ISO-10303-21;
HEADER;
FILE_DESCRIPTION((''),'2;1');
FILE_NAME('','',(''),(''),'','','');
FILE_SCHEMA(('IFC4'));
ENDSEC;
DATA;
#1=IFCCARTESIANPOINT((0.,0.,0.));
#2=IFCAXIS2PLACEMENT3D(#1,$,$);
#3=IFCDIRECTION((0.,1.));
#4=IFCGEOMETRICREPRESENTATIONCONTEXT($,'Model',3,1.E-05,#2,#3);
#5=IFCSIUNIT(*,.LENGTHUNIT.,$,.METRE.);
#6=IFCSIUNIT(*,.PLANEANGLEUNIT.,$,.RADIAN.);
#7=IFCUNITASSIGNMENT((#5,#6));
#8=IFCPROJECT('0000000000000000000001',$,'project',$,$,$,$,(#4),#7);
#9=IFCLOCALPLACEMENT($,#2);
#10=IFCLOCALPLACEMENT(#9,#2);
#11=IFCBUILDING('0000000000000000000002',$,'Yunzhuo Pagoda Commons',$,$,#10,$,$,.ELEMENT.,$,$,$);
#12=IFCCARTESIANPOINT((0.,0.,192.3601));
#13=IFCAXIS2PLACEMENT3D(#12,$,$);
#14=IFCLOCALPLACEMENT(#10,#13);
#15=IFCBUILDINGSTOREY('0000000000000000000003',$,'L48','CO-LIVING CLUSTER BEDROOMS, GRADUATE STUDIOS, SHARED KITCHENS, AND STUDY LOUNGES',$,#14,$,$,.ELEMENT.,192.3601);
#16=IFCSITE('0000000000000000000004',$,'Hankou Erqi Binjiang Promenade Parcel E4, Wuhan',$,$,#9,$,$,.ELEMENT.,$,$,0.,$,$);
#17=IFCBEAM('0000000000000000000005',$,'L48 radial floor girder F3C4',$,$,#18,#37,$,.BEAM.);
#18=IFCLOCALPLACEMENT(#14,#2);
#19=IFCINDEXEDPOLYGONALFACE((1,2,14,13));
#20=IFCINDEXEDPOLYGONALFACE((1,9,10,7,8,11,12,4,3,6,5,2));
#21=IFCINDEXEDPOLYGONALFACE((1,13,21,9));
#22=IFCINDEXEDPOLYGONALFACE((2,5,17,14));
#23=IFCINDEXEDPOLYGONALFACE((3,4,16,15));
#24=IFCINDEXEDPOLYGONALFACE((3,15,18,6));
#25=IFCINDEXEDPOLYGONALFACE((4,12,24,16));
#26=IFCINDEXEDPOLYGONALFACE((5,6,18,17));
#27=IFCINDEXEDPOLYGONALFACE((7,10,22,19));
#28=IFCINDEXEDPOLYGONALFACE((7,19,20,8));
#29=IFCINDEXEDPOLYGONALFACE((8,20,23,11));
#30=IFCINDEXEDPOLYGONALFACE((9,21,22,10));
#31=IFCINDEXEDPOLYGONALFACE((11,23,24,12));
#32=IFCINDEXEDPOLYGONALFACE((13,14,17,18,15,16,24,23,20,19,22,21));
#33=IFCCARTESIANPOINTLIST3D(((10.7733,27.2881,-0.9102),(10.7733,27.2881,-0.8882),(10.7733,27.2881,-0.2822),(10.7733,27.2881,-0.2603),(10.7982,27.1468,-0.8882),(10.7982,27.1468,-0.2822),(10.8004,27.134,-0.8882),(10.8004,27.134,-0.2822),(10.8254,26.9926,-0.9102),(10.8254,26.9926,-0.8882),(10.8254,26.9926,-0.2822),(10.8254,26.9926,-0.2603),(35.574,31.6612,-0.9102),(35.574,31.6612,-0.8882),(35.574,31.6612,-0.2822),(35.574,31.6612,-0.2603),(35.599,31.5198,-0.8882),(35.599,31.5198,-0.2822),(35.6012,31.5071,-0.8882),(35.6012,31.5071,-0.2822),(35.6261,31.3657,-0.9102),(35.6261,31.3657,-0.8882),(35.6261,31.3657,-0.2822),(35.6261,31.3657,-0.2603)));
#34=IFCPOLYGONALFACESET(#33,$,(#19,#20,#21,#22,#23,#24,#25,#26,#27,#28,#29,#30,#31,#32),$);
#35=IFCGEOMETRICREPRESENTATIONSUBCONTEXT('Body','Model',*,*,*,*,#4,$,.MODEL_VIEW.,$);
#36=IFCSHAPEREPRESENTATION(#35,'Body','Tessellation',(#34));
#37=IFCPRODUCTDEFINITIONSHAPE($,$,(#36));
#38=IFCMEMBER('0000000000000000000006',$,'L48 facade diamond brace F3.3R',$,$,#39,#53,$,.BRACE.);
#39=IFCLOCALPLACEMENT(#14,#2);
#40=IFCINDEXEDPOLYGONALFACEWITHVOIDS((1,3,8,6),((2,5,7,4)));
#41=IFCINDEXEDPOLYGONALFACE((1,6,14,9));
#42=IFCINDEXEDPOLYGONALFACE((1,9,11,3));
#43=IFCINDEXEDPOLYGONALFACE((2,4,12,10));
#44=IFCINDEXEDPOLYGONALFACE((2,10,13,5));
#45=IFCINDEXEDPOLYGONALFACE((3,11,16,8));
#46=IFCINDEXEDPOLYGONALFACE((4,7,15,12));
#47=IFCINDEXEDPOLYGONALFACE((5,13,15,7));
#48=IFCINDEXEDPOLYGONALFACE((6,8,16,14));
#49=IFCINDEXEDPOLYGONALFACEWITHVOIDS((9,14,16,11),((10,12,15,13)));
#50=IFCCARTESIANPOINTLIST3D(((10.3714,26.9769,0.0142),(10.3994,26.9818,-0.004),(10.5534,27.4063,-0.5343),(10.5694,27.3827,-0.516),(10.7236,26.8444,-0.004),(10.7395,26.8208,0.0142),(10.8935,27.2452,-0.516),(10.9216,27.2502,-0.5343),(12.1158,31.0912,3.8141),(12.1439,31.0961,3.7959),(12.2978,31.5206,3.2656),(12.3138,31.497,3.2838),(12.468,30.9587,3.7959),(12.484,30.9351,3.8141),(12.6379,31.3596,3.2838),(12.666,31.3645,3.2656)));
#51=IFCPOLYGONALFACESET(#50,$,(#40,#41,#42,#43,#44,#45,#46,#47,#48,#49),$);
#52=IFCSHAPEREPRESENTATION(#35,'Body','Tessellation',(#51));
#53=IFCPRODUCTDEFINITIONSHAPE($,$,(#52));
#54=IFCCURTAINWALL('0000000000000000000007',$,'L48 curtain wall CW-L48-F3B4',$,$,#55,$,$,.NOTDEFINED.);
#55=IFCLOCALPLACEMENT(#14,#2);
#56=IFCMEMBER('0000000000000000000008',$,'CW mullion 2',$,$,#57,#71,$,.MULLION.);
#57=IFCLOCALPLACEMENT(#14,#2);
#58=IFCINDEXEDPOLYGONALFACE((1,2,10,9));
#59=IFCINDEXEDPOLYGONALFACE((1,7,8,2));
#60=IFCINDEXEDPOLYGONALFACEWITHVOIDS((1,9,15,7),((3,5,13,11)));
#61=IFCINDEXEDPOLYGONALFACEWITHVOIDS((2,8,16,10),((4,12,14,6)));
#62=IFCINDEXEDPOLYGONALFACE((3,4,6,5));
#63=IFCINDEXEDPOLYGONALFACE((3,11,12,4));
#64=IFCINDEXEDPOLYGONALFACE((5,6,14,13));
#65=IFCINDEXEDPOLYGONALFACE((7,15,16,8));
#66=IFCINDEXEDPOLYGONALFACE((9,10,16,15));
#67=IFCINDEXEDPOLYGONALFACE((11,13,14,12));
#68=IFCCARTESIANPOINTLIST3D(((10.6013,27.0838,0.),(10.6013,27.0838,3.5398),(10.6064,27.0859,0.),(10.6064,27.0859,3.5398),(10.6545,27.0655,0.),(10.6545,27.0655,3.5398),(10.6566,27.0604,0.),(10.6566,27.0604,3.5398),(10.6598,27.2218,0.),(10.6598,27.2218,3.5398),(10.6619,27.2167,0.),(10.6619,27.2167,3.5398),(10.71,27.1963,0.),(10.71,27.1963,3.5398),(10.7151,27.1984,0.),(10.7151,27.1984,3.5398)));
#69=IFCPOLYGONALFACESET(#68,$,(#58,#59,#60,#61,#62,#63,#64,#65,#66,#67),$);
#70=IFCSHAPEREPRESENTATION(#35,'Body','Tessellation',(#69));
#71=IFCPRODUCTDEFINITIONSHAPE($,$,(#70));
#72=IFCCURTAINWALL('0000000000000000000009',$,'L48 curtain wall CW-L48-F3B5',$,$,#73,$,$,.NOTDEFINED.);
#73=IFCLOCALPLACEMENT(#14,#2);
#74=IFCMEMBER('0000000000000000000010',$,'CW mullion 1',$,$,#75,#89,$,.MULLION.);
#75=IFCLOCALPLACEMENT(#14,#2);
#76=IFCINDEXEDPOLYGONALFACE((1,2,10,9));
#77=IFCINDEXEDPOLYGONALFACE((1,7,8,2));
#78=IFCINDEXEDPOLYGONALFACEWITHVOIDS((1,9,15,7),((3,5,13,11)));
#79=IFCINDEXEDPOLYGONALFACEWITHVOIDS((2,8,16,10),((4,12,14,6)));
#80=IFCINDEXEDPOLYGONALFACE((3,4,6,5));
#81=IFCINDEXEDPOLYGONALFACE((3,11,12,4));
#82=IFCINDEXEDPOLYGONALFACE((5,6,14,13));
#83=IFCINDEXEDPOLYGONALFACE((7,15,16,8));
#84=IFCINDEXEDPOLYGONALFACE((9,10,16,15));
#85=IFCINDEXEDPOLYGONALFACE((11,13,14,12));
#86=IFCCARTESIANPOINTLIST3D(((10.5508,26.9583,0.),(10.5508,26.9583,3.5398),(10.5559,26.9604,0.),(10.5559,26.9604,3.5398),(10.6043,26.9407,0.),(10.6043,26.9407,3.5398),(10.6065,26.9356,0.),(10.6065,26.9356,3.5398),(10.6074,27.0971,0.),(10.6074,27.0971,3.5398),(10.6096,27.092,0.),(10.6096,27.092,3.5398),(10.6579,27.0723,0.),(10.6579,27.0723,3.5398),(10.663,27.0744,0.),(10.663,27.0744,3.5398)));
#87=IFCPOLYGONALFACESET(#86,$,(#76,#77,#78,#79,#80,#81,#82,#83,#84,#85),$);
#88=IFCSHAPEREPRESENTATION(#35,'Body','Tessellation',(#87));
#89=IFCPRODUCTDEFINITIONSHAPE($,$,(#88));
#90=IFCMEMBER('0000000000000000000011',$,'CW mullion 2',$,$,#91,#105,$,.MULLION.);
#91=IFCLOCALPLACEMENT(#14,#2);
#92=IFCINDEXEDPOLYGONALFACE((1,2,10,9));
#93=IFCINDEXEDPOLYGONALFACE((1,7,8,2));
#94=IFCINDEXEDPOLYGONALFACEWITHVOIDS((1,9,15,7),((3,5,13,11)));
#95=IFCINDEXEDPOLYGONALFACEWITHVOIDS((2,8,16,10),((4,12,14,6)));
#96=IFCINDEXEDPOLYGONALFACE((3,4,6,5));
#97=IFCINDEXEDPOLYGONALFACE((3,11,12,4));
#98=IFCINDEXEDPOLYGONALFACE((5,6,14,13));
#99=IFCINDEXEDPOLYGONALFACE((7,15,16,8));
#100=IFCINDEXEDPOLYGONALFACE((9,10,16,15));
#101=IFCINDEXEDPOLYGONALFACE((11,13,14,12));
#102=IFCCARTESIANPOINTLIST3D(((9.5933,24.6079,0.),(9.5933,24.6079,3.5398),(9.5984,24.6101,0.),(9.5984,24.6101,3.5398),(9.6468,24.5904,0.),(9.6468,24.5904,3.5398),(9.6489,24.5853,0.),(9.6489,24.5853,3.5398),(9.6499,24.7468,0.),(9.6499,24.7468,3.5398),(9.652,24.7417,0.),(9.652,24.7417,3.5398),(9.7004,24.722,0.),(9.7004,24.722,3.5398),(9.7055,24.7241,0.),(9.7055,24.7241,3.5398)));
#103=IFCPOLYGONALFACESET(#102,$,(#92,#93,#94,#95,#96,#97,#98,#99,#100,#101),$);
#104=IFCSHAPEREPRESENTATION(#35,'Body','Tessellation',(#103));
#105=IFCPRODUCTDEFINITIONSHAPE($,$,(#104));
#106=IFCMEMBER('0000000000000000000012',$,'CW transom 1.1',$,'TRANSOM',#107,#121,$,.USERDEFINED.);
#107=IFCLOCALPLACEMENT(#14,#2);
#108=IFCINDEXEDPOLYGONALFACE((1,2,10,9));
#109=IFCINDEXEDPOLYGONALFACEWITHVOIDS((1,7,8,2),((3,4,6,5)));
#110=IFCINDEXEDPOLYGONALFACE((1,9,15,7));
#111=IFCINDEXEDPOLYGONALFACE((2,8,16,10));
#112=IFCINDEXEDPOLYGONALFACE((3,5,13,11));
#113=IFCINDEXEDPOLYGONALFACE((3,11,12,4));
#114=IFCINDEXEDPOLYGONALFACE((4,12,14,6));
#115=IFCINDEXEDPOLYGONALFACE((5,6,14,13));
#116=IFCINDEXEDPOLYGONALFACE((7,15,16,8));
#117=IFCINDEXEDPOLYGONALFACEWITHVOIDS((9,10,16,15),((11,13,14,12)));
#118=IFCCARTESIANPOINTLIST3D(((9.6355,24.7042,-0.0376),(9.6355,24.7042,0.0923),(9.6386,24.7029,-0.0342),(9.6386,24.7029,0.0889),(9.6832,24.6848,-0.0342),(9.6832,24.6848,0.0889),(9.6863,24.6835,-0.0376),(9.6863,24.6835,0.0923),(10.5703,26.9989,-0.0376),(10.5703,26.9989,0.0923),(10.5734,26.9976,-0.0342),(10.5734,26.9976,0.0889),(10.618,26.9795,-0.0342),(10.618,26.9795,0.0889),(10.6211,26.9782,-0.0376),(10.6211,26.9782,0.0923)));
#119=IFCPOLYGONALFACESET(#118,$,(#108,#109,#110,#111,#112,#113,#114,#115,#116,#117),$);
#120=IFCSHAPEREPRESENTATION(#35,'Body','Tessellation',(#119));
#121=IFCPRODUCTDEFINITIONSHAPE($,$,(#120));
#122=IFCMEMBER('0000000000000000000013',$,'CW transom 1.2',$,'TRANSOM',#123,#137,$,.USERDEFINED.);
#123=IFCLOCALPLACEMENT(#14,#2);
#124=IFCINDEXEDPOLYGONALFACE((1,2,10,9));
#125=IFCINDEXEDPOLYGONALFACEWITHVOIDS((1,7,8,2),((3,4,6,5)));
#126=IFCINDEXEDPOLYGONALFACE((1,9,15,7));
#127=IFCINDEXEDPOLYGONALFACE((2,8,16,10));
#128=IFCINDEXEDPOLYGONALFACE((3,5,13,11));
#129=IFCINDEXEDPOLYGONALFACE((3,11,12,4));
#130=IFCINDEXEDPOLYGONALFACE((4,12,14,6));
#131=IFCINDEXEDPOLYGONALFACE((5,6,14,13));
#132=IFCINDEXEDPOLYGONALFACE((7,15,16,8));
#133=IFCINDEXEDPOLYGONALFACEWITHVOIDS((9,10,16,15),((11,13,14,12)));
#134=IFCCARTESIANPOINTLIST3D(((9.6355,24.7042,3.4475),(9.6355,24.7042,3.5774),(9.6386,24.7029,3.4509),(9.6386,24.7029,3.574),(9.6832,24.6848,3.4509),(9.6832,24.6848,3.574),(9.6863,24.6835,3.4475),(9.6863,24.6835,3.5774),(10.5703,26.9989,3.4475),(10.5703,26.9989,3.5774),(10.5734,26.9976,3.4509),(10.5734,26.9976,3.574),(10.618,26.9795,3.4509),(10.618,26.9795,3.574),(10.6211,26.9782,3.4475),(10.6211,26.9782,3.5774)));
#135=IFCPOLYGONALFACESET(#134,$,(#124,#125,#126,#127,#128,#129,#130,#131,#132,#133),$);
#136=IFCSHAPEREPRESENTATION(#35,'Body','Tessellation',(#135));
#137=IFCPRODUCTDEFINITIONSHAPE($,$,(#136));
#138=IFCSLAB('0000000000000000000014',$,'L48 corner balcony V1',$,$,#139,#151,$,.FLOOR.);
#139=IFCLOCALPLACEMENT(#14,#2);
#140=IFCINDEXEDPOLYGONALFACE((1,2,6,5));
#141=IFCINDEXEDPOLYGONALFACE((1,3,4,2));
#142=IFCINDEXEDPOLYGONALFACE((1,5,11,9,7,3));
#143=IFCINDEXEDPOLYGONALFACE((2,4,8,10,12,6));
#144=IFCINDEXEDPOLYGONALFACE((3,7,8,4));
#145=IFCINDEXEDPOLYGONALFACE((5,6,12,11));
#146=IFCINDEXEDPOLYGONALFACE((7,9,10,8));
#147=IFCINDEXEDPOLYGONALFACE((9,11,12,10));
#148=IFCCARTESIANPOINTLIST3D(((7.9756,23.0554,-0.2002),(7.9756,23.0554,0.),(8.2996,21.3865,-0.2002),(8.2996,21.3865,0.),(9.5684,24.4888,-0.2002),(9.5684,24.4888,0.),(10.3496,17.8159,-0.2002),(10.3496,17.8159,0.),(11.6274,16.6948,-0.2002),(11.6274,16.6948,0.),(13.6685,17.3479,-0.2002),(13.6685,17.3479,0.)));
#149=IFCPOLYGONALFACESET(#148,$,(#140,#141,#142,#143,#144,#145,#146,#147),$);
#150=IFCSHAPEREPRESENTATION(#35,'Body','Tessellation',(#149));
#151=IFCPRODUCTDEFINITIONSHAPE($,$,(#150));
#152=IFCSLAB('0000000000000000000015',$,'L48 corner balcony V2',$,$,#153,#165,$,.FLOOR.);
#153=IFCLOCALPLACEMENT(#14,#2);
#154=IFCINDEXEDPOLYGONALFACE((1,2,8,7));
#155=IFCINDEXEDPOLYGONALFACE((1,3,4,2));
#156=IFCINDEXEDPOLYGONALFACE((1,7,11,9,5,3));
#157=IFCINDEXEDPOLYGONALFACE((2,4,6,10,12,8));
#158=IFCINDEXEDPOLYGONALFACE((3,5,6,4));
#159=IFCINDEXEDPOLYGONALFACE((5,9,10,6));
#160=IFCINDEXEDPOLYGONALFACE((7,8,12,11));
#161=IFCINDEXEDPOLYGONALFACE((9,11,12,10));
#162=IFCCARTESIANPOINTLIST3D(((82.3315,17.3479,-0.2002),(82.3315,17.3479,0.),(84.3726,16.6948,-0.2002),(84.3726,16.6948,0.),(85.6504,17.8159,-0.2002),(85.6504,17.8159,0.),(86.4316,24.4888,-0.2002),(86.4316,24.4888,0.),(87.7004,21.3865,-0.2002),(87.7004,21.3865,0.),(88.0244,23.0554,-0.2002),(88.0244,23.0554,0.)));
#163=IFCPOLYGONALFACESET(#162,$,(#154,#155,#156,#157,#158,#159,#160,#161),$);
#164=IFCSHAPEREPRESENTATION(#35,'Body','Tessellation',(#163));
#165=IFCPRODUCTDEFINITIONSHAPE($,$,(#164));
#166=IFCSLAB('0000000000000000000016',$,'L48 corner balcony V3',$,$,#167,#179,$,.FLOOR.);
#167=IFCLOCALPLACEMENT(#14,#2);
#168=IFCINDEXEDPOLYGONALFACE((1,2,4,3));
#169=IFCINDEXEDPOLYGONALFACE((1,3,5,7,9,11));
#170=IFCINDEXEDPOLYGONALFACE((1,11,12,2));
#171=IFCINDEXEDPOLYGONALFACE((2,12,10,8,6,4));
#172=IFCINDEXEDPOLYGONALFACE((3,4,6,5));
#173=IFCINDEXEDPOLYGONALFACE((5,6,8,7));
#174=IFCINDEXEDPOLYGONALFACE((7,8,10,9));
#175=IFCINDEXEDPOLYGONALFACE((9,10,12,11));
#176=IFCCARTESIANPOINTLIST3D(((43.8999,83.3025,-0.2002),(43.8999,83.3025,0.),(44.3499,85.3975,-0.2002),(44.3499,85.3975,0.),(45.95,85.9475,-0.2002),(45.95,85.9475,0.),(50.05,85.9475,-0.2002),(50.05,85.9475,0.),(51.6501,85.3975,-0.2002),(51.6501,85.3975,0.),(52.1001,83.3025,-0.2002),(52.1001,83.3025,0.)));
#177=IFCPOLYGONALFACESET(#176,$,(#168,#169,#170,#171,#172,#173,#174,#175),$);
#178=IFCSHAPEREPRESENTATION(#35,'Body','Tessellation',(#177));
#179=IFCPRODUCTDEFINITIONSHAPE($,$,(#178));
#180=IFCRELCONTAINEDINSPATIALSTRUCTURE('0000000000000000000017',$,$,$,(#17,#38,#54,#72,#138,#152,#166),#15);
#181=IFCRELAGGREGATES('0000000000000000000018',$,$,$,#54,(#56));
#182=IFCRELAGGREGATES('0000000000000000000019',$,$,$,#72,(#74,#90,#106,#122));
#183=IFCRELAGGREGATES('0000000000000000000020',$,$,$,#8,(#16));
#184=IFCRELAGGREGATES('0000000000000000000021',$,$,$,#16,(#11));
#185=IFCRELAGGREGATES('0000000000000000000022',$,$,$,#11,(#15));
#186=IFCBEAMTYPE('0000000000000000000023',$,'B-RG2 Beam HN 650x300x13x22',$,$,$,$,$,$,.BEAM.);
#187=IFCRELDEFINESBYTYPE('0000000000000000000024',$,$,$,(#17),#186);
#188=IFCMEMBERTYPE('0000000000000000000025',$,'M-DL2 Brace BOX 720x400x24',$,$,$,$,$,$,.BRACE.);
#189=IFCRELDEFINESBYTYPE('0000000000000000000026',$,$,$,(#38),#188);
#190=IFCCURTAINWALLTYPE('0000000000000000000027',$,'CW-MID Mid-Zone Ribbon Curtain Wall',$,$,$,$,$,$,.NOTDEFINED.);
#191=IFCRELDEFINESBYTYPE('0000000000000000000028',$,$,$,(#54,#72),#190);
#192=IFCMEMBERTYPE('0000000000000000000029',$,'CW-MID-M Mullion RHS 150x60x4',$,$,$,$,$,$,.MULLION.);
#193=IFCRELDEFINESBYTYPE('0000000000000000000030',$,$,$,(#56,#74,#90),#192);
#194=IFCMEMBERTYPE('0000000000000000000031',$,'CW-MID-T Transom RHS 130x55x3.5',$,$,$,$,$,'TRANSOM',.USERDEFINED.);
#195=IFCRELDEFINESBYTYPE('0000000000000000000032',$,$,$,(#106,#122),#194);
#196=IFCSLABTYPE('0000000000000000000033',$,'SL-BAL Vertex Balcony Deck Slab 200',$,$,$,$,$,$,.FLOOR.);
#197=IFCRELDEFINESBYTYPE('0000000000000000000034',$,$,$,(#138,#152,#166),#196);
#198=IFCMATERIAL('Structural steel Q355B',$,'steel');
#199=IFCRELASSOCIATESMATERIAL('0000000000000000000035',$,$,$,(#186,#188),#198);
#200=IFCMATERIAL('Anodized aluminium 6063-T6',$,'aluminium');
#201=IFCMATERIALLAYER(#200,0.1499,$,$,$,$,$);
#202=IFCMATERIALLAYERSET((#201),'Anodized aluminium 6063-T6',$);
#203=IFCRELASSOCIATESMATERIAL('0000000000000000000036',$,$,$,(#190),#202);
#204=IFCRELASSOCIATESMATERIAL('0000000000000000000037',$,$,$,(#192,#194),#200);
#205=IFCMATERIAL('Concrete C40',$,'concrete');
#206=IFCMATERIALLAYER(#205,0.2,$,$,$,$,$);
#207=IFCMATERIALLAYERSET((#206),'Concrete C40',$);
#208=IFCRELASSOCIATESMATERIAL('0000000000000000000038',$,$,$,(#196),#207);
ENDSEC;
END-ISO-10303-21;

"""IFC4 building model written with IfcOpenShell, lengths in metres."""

from ifc_helpers import new_model, si_unit, direction, frame, origin, origin_2d, place, context, subcontext, project, spatial, polyline, hollow_rectangle, i_section, outline, extrude, source, transform, mapped, material, layer, layer_set, material_profile, profile_set, type_object, element, aggregate, save


model = new_model("IFC4")

# Units and contexts
model_context = context("Model", 3, precision=1e-05, world=origin(), true_north=direction((0.0, 1.0)))
body_context = subcontext(model_context, "Body", "Model", "MODEL_VIEW")
ifc_project = project(units=[si_unit("LENGTHUNIT", "METRE"), si_unit("PLANEANGLEUNIT", "RADIAN")], contexts=[model_context])

# Site, building, storey
site_placement = place(None, origin())
site = spatial("IfcSite", under=ifc_project, at=site_placement, Name="Hankou Erqi Binjiang Promenade Parcel E4, Wuhan", CompositionType="ELEMENT", RefElevation=0.0)
building_placement = place(site_placement, origin())
building = spatial("IfcBuilding", under=site, at=building_placement, Name="Yunzhuo Pagoda Commons", CompositionType="ELEMENT")
storey_placement = place(building_placement, frame((0.0, 0.0, 192.3601)))
storey = spatial("IfcBuildingStorey", under=building, at=storey_placement, Name="L48", Description="CO-LIVING CLUSTER BEDROOMS, GRADUATE STUDIOS, SHARED KITCHENS, AND STUDY LOUNGES", CompositionType="ELEMENT", Elevation=192.3601)

# Beam
ifc_material_1 = material(Name="Structural steel Q355B", Category="steel")
ifc_material_profile_1 = material_profile(ifc_material_1, i_section(OverallWidth=0.3, OverallDepth=0.6499, WebThickness=0.0129, FlangeThickness=0.022, at=origin_2d()), Name="Structural steel Q355B")
ifc_profile_set_1 = profile_set([ifc_material_profile_1], Name="Structural steel Q355B")
beam_type = type_object("IfcBeamType", Name="B-RG2 Beam HN 650x300x13x22", PredefinedType="BEAM", material=ifc_profile_set_1)
shared_shape_1 = source(origin(), body_context, "Body", "SweptSolid", [
    extrude(i_section(OverallWidth=0.3, OverallDepth=0.6499, WebThickness=0.0129, FlangeThickness=0.022, at=origin_2d()), origin(), (0.0, 0.0, 1.0), 25.1833),
])
beam_placement = place(storey_placement, frame((10.7993, 27.1404, -0.5852), z_axis=(0.984808, 0.173648, 0.0), x_axis=(-0.173648, 0.984808, 0.0)))
element("IfcBeam", 1, at=beam_placement, inside=storey, type_object=beam_type, Name="L48 radial floor girder F3C4", PredefinedType="BEAM", context=body_context, shape_type="MappedRepresentation", body=[
    mapped(shared_shape_1, transform((0.0, 0.0, 0.0), scale=1.0)),
])

# Member
ifc_material_profile_2 = material_profile(ifc_material_1, hollow_rectangle(XDim=0.3999, YDim=0.72, WallThickness=0.0239, at=origin_2d()), Name="Structural steel Q355B")
ifc_profile_set_2 = profile_set([ifc_material_profile_2], Name="Structural steel Q355B")
member_type_1 = type_object("IfcMemberType", Name="M-DL2 Brace BOX 720x400x24", PredefinedType="BRACE", material=ifc_profile_set_2)
shared_shape_2 = source(origin(), body_context, "Body", "SweptSolid", [
    extrude(hollow_rectangle(XDim=0.3999, YDim=0.72, WallThickness=0.0239, at=origin_2d()), origin(), (0.0, 0.0, 1.0), 5.866),
])
member_1_placement = place(storey_placement, frame((10.6465, 27.1135, -0.26), z_axis=(0.297378, 0.701388, 0.647781), x_axis=(-0.920667, 0.390349, 0.0)))
element("IfcMember", 2, at=member_1_placement, inside=storey, type_object=member_type_1, Name="L48 facade diamond brace F3.3R", PredefinedType="BRACE", context=body_context, shape_type="MappedRepresentation", body=[
    mapped(shared_shape_2, transform((0.0, 0.0, 0.0), scale=1.0)),
])

# Curtain wall, member
ifc_material_2 = material(Name="Anodized aluminium 6063-T6", Category="aluminium")
ifc_layer_1 = layer(ifc_material_2, 0.1499)
ifc_layer_set_1 = layer_set([ifc_layer_1], Name="Anodized aluminium 6063-T6")
curtain_wall_type = type_object("IfcCurtainWallType", Name="CW-MID Mid-Zone Ribbon Curtain Wall", PredefinedType="NOTDEFINED", material=ifc_layer_set_1)
curtain_wall_1_placement = place(storey_placement, origin())
curtain_wall_1 = element("IfcCurtainWall", 3, at=curtain_wall_1_placement, inside=storey, type_object=curtain_wall_type, Name="L48 curtain wall CW-L48-F3B4", PredefinedType="NOTDEFINED")
ifc_material_profile_3 = material_profile(ifc_material_2, hollow_rectangle(XDim=0.0601, YDim=0.1499, WallThickness=0.0039, at=origin_2d()), Name="Anodized aluminium 6063-T6")
ifc_profile_set_3 = profile_set([ifc_material_profile_3], Name="Anodized aluminium 6063-T6")
member_type_2 = type_object("IfcMemberType", Name="CW-MID-M Mullion RHS 150x60x4", PredefinedType="MULLION", material=ifc_profile_set_3)
shared_shape_3 = source(origin(), body_context, "Body", "SweptSolid", [
    extrude(hollow_rectangle(XDim=0.0601, YDim=0.1499, WallThickness=0.0039, at=origin_2d()), origin(), (0.0, 0.0, 1.0), 3.5398),
])
member_2_placement = place(storey_placement, frame((10.6582, 27.1411, 0.0), z_axis=(0.0, 0.0, 1.0), x_axis=(0.920667, -0.39035, 0.0)))
member_2 = element("IfcMember", 4, at=member_2_placement, type_object=member_type_2, Name="CW mullion 2", PredefinedType="MULLION", context=body_context, shape_type="MappedRepresentation", body=[
    mapped(shared_shape_3, transform((0.0, 0.0, 0.0), scale=1.0)),
])
aggregate(curtain_wall_1, [member_2])

# Curtain wall, members
curtain_wall_2_placement = place(storey_placement, origin())
curtain_wall_2 = element("IfcCurtainWall", 5, at=curtain_wall_2_placement, inside=storey, type_object=curtain_wall_type, Name="L48 curtain wall CW-L48-F3B5", PredefinedType="NOTDEFINED")
member_3_placement = place(storey_placement, frame((10.6069, 27.0164, 0.0), z_axis=(0.0, 0.0, 1.0), x_axis=(0.926071, -0.377349, 0.0)))
member_3 = element("IfcMember", 6, at=member_3_placement, type_object=member_type_2, Name="CW mullion 1", PredefinedType="MULLION", context=body_context, shape_type="MappedRepresentation", body=[
    mapped(shared_shape_3, transform((0.0, 0.0, 0.0), scale=1.0)),
])
member_4_placement = place(storey_placement, frame((9.6494, 24.666, 0.0), z_axis=(0.0, 0.0, 1.0), x_axis=(0.926071, -0.377349, 0.0)))
member_4 = element("IfcMember", 7, at=member_4_placement, type_object=member_type_2, Name="CW mullion 2", PredefinedType="MULLION", context=body_context, shape_type="MappedRepresentation", body=[
    mapped(shared_shape_3, transform((0.0, 0.0, 0.0), scale=1.0)),
])
ifc_material_profile_4 = material_profile(ifc_material_2, hollow_rectangle(XDim=0.0549, YDim=0.1299, WallThickness=0.0034, at=origin_2d()), Name="Anodized aluminium 6063-T6")
ifc_profile_set_4 = profile_set([ifc_material_profile_4], Name="Anodized aluminium 6063-T6")
member_type_3 = type_object("IfcMemberType", Name="CW-MID-T Transom RHS 130x55x3.5", ElementType="TRANSOM", PredefinedType="USERDEFINED", material=ifc_profile_set_4)
shared_shape_4 = source(origin(), body_context, "Body", "SweptSolid", [
    extrude(hollow_rectangle(XDim=0.0549, YDim=0.1299, WallThickness=0.0034, at=origin_2d()), origin(), (0.0, 0.0, 1.0), 2.4778),
])
member_5_placement = place(storey_placement, frame((10.5957, 26.9885, 0.0273), z_axis=(-0.377278, -0.9261, 0.0), x_axis=(0.9261, -0.377278, 0.0)))
member_5 = element("IfcMember", 8, at=member_5_placement, type_object=member_type_3, Name="CW transom 1.1", ObjectType="TRANSOM", PredefinedType="USERDEFINED", context=body_context, shape_type="MappedRepresentation", body=[
    mapped(shared_shape_4, transform((0.0, 0.0, 0.0), scale=1.0)),
])
member_6_placement = place(storey_placement, frame((10.5957, 26.9885, 3.5125), z_axis=(-0.377278, -0.9261, 0.0), x_axis=(0.9261, -0.377278, 0.0)))
member_6 = element("IfcMember", 9, at=member_6_placement, type_object=member_type_3, Name="CW transom 1.2", ObjectType="TRANSOM", PredefinedType="USERDEFINED", context=body_context, shape_type="MappedRepresentation", body=[
    mapped(shared_shape_4, transform((0.0, 0.0, 0.0), scale=1.0)),
])

# Slabs
ifc_material_3 = material(Name="Concrete C40", Category="concrete")
ifc_layer_2 = layer(ifc_material_3, 0.2)
ifc_layer_set_2 = layer_set([ifc_layer_2], Name="Concrete C40")
slab_type_1 = type_object("IfcSlabType", Name="SL-BAL Vertex Balcony Deck Slab 200", PredefinedType="FLOOR", material=ifc_layer_set_2)
slab_1_placement = place(storey_placement, frame((0.0, 0.0, -0.2002)))
element("IfcSlab", 10, at=slab_1_placement, inside=storey, type_object=slab_type_1, Name="L48 corner balcony V1", PredefinedType="FLOOR", context=body_context, shape_type="SweptSolid", body=[
    extrude(outline(polyline([(9.5684, 24.4888), (13.6685, 17.3479), (11.6274, 16.6948), (10.3496, 17.8159), (8.2996, 21.3865), (7.9756, 23.0554), (9.5684, 24.4888)])), origin(), (0.0, 0.0, 1.0), 0.2002),
])
slab_2_placement = place(storey_placement, frame((0.0, 0.0, -0.2002)))
element("IfcSlab", 11, at=slab_2_placement, inside=storey, type_object=slab_type_1, Name="L48 corner balcony V2", PredefinedType="FLOOR", context=body_context, shape_type="SweptSolid", body=[
    extrude(outline(polyline([(82.3315, 17.3479), (86.4316, 24.4888), (88.0244, 23.0554), (87.7004, 21.3865), (85.6504, 17.8159), (84.3726, 16.6948), (82.3315, 17.3479)])), origin(), (0.0, 0.0, 1.0), 0.2002),
])
slab_3_placement = place(storey_placement, frame((0.0, 0.0, -0.2002)))
element("IfcSlab", 12, at=slab_3_placement, inside=storey, type_object=slab_type_1, Name="L48 corner balcony V3", PredefinedType="FLOOR", context=body_context, shape_type="SweptSolid", body=[
    extrude(outline(polyline([(52.1001, 83.3025), (43.8999, 83.3025), (44.3499, 85.3975), (45.95, 85.9475), (50.05, 85.9475), (51.6501, 85.3975), (52.1001, 83.3025)])), origin(), (0.0, 0.0, 1.0), 0.2002),
])

aggregate(curtain_wall_2, [member_3, member_4, member_5, member_6])

save(model, "model.ifc")
